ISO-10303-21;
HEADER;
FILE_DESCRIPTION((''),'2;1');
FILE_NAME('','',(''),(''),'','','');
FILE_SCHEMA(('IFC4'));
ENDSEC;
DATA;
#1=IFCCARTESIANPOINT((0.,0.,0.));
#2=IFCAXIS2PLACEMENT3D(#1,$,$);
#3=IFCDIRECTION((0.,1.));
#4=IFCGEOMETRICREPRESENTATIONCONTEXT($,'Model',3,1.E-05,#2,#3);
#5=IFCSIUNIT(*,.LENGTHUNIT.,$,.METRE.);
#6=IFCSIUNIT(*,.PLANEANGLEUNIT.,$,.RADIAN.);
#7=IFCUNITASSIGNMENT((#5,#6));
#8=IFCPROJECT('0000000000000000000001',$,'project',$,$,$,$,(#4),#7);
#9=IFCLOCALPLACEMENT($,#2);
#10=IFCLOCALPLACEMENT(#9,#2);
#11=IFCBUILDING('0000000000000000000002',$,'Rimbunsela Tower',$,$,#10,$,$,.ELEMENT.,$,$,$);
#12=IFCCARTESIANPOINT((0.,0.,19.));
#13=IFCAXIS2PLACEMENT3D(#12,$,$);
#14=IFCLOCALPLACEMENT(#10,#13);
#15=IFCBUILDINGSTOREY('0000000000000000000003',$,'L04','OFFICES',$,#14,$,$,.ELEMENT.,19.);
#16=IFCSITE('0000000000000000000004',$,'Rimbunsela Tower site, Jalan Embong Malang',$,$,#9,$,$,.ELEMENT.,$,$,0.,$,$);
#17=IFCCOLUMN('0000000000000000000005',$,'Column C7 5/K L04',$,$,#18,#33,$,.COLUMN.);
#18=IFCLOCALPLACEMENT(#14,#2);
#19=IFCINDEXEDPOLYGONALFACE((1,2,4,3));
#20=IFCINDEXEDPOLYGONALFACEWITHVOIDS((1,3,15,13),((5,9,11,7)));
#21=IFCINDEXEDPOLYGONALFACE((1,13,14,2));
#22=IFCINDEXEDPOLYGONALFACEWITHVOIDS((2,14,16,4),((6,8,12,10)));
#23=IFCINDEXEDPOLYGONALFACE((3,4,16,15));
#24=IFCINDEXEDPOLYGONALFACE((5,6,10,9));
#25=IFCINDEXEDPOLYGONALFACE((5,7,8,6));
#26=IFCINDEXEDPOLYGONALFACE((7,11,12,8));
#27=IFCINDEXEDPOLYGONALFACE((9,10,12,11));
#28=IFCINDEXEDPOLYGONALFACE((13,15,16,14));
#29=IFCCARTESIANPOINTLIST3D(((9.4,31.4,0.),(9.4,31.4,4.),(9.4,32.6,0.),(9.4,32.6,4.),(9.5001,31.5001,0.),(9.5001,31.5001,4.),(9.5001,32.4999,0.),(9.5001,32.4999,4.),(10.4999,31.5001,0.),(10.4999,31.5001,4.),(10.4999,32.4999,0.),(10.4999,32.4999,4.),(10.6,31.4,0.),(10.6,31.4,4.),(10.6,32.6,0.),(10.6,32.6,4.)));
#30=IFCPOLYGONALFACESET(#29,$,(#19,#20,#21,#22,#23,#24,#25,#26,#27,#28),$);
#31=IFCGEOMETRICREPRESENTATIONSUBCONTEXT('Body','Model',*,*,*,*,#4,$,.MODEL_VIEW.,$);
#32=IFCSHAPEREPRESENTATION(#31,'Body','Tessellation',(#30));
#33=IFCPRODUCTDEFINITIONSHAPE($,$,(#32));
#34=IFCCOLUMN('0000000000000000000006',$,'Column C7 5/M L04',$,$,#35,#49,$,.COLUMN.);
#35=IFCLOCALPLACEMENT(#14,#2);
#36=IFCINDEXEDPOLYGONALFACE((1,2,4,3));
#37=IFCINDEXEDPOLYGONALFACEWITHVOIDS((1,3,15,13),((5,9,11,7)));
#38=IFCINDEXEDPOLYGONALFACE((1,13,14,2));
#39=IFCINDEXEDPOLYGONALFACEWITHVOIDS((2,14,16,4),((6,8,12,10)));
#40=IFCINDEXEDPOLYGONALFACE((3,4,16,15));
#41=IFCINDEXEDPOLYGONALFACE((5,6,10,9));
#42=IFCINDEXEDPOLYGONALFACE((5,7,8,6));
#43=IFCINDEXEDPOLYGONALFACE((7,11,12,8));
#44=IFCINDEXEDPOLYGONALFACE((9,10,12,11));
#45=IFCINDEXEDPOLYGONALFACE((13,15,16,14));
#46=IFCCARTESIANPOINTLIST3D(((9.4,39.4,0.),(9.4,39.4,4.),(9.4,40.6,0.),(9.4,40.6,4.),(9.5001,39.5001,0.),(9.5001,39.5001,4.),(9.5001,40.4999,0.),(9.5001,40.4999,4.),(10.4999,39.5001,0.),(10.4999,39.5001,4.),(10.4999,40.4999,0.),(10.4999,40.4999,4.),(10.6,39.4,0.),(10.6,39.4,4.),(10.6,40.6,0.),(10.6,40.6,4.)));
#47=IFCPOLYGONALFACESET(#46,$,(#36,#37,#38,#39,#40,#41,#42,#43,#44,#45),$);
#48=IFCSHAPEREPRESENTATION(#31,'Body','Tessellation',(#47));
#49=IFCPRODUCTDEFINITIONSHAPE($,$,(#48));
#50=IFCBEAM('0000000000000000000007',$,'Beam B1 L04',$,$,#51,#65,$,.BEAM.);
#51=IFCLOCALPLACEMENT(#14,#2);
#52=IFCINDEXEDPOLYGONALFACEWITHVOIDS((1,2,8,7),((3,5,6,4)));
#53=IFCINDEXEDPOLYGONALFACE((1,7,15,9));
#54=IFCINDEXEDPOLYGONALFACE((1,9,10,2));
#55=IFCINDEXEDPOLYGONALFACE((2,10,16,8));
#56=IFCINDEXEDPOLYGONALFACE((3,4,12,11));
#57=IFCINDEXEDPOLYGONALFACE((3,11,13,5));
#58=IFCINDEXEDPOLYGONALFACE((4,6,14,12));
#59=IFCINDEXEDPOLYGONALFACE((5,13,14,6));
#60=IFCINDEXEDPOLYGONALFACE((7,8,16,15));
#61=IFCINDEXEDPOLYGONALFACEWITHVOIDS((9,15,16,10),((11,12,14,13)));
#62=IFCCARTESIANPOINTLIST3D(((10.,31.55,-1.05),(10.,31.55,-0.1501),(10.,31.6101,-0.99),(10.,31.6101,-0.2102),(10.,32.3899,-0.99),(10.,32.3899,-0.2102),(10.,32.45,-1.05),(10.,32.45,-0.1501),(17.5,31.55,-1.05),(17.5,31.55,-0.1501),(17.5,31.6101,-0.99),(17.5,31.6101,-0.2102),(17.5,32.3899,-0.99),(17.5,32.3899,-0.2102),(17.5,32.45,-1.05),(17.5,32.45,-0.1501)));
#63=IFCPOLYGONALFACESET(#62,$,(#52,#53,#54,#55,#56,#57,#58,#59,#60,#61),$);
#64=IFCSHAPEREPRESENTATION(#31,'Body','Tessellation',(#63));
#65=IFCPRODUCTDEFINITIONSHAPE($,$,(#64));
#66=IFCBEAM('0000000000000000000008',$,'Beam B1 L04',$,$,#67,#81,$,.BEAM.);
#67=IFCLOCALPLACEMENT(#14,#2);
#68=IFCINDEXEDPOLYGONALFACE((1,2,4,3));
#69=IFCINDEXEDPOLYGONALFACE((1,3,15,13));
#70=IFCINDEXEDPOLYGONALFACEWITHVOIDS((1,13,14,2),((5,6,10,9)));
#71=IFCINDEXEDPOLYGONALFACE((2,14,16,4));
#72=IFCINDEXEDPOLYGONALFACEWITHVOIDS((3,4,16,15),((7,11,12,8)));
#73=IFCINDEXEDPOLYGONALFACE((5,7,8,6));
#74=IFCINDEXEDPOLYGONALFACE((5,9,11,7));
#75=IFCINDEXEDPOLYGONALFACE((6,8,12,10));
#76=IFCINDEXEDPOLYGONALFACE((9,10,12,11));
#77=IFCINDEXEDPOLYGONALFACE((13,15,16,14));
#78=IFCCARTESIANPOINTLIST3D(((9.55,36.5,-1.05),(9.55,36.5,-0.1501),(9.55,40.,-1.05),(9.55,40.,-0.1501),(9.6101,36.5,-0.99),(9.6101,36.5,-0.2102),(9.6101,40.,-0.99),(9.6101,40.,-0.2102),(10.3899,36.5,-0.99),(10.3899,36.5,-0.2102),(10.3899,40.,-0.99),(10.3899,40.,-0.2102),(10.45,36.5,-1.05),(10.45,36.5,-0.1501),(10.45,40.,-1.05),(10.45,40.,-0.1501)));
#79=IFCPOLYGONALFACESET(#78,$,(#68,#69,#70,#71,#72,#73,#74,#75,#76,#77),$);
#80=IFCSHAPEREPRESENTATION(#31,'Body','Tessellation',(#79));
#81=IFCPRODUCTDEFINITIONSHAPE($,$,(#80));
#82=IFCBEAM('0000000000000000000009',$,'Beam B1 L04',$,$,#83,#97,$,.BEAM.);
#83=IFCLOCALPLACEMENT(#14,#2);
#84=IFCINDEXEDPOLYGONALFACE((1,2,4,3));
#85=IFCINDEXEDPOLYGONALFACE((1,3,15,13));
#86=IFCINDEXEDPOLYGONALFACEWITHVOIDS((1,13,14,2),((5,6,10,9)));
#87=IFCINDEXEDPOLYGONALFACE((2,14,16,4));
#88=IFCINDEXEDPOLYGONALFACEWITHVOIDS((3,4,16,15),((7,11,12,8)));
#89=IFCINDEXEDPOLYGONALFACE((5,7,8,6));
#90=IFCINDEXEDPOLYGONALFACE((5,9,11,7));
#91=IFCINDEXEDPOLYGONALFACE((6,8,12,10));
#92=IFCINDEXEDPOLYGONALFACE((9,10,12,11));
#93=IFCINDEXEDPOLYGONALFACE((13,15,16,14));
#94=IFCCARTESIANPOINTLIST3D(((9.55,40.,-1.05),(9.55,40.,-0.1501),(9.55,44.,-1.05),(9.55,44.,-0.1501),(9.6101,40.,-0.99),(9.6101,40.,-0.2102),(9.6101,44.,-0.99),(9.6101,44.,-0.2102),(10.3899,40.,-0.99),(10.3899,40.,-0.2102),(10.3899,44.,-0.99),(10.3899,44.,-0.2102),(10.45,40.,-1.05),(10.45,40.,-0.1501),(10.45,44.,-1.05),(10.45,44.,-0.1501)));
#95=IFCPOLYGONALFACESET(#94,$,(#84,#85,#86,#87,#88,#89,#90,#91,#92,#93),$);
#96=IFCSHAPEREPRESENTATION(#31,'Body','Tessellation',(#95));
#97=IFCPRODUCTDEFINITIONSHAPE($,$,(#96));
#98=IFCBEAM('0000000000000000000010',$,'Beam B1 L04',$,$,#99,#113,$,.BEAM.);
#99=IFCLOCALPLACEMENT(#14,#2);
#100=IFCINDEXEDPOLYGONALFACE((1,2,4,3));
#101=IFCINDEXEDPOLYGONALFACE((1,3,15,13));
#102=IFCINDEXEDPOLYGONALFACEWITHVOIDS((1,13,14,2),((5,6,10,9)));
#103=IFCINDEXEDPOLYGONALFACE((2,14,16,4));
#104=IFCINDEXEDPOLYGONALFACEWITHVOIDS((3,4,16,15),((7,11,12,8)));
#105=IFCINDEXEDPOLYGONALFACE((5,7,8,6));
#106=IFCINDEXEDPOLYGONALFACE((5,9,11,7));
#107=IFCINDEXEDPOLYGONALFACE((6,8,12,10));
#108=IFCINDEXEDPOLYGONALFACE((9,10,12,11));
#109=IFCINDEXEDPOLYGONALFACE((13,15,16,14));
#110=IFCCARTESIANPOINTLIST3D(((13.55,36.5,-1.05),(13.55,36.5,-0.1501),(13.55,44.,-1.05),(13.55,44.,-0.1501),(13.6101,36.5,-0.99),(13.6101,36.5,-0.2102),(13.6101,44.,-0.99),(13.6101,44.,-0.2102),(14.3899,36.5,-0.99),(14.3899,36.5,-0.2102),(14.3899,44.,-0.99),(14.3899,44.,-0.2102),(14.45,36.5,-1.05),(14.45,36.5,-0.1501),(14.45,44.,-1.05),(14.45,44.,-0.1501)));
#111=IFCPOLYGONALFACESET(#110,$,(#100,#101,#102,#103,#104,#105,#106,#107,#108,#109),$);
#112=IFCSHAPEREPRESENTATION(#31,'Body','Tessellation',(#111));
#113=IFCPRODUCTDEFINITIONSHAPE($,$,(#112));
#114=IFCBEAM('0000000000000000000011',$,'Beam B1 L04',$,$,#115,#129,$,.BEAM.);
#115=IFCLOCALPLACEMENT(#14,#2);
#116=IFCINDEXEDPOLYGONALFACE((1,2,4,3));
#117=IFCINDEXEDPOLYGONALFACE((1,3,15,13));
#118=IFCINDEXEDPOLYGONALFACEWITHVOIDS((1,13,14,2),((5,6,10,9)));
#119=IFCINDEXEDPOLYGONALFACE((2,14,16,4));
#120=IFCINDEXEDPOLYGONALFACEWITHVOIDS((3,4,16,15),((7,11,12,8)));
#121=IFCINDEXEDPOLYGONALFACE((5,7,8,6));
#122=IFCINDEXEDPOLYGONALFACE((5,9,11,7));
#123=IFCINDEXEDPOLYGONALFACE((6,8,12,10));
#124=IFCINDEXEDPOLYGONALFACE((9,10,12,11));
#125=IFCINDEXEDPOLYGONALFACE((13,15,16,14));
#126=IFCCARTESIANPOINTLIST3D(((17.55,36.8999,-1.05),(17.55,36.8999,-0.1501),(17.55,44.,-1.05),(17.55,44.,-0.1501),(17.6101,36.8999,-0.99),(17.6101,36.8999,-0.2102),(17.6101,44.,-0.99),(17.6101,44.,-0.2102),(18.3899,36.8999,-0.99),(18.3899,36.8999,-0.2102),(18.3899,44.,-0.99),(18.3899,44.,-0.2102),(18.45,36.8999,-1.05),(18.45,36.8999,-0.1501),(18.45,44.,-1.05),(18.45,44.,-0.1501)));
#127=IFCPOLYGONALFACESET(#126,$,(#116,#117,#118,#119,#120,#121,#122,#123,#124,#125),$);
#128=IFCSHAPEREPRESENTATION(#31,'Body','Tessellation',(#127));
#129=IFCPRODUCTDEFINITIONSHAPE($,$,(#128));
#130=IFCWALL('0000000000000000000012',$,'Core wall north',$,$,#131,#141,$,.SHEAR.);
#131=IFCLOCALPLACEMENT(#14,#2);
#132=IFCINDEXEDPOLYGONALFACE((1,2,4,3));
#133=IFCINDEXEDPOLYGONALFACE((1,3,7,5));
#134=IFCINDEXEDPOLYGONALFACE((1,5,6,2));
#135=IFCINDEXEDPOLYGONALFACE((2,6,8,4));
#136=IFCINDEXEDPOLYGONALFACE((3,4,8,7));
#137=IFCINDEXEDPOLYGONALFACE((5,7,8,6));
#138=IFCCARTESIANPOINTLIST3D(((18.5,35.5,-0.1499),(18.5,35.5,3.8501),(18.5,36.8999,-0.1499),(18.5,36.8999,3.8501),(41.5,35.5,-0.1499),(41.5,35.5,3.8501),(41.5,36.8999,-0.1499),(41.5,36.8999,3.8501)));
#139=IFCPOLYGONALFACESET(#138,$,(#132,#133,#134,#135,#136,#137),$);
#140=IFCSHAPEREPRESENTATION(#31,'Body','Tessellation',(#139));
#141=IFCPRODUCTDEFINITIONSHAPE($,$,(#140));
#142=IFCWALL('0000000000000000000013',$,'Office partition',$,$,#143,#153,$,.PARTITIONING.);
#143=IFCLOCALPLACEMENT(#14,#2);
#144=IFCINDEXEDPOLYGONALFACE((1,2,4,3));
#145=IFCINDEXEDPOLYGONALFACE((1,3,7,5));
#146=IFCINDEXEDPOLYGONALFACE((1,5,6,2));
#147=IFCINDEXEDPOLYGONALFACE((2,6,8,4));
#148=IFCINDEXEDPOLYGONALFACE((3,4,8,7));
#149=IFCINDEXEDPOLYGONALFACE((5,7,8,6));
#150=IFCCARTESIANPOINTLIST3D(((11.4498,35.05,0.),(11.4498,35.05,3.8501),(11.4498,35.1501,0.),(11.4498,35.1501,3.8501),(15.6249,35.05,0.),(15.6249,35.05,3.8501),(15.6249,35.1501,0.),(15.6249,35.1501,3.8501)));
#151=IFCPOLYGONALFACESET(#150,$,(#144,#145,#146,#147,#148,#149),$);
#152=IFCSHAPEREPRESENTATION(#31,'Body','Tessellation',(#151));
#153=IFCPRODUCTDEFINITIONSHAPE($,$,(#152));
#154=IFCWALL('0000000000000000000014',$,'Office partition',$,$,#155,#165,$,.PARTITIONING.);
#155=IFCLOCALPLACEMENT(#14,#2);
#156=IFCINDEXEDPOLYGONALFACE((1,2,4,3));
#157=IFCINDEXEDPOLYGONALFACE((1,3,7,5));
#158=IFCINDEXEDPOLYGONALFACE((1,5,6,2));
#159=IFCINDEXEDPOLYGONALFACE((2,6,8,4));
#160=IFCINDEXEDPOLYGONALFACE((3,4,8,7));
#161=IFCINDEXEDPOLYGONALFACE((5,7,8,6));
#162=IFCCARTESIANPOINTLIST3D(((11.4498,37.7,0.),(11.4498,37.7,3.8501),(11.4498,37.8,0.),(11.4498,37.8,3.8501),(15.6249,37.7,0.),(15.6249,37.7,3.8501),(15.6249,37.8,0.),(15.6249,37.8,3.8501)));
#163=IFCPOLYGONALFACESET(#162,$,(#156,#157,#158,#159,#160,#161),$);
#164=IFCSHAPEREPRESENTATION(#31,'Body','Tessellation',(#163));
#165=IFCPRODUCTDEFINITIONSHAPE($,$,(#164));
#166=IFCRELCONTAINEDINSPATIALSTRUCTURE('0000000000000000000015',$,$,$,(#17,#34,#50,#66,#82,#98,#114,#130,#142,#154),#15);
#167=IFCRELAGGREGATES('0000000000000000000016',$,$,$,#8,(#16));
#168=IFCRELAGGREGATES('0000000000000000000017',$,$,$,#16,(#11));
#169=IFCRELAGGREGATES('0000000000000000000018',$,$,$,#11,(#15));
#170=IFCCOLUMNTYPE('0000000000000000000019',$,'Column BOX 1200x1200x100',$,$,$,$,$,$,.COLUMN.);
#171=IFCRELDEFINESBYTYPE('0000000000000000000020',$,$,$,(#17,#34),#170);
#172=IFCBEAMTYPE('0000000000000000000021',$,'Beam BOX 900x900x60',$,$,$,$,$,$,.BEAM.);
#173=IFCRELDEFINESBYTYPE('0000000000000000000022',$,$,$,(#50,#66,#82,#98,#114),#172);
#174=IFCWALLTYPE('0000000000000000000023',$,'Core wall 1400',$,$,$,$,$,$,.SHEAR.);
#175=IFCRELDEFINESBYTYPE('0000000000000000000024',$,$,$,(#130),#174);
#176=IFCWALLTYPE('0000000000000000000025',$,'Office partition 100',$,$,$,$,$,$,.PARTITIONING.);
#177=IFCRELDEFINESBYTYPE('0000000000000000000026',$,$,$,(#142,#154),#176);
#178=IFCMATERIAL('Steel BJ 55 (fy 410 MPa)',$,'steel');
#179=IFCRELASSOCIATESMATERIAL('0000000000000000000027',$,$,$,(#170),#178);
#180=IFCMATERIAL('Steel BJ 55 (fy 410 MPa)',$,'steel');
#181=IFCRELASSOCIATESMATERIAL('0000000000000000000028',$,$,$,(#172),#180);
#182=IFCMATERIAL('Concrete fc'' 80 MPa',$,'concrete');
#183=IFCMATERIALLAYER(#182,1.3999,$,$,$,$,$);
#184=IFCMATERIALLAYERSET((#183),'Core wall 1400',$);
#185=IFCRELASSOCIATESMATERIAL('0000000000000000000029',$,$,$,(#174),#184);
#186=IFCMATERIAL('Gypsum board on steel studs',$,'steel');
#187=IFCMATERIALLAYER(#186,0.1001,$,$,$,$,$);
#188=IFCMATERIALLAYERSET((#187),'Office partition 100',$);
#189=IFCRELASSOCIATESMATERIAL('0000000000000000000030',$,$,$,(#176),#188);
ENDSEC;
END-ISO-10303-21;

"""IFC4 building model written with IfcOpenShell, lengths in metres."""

from ifc_helpers import new_model, si_unit, direction, frame, frame_2d, origin, origin_2d, place, context, subcontext, project, spatial, rectangle, hollow_rectangle, extrude, material, layer, layer_set, material_profile, profile_set, type_object, element, save


model = new_model("IFC4")

# Units and contexts
model_context = context("Model", 3, precision=1e-05, world=origin(), true_north=direction((0.0, 1.0)))
body_context = subcontext(model_context, "Body", "Model", "MODEL_VIEW")
ifc_project = project(units=[si_unit("LENGTHUNIT", "METRE"), si_unit("PLANEANGLEUNIT", "RADIAN")], contexts=[model_context])

# Site, building, storey
site_placement = place(None, origin())
site = spatial("IfcSite", under=ifc_project, at=site_placement, Name="Rimbunsela Tower site, Jalan Embong Malang", CompositionType="ELEMENT", RefElevation=0.0)
building_placement = place(site_placement, origin())
building = spatial("IfcBuilding", under=site, at=building_placement, Name="Rimbunsela Tower", CompositionType="ELEMENT")
storey_placement = place(building_placement, frame((0.0, 0.0, 19.0)))
storey = spatial("IfcBuildingStorey", under=building, at=storey_placement, Name="L04", Description="OFFICES", CompositionType="ELEMENT", Elevation=19.0)

# Columns
ifc_material_1 = material(Name="Steel BJ 55 (fy 410 MPa)", Category="steel")
ifc_material_profile_1 = material_profile(ifc_material_1, hollow_rectangle(XDim=1.2, YDim=1.2, WallThickness=0.1001, at=origin_2d()), Name="BOX 1200x1200x100")
ifc_profile_set_1 = profile_set([ifc_material_profile_1], Name="Steel BJ 55 (fy 410 MPa)")
column_type = type_object("IfcColumnType", Name="Column BOX 1200x1200x100", PredefinedType="COLUMN", material=ifc_profile_set_1)
for number, where, z_axis, x_axis, name in (
    (1, (10.0, 32.0, 0.0), (0.0, 0.0, 1.0), (1.0, 0.0, 0.0), "Column C7 5/K L04"),
    (2, (10.0, 40.0, 0.0), (0.0, 0.0, 1.0), (1.0, 0.0, 0.0), "Column C7 5/M L04"),
):
    element("IfcColumn", number, at=place(storey_placement, frame(where, z_axis=z_axis, x_axis=x_axis)), inside=storey, type_object=column_type, Name=name, PredefinedType="COLUMN", context=body_context, shape_type="SweptSolid", body=[
        extrude(hollow_rectangle(XDim=1.2, YDim=1.2, WallThickness=0.1001, at=origin_2d()), origin(), (0.0, 0.0, 1.0), 4.0),
    ])

# Beams
ifc_material_2 = material(Name="Steel BJ 55 (fy 410 MPa)", Category="steel")
ifc_material_profile_2 = material_profile(ifc_material_2, hollow_rectangle(XDim=0.8999, YDim=0.8999, WallThickness=0.0601, at=origin_2d()), Name="BOX 900x900x60")
ifc_profile_set_2 = profile_set([ifc_material_profile_2], Name="Steel BJ 55 (fy 410 MPa)")
beam_type = type_object("IfcBeamType", Name="Beam BOX 900x900x60", PredefinedType="BEAM", material=ifc_profile_set_2)
beam_1_placement = place(storey_placement, frame((10.0, 32.0, -0.6001), z_axis=(1.0, 0.0, 0.0), x_axis=(0.0, 1.0, 0.0)))
element("IfcBeam", 3, at=beam_1_placement, inside=storey, type_object=beam_type, Name="Beam B1 L04", PredefinedType="BEAM", context=body_context, shape_type="SweptSolid", body=[
    extrude(hollow_rectangle(XDim=0.8999, YDim=0.8999, WallThickness=0.0601, at=origin_2d()), origin(), (0.0, 0.0, 1.0), 7.5),
])
beam_2_placement = place(storey_placement, frame((10.0, 36.5, -0.6001), z_axis=(0.0, 1.0, 0.0), x_axis=(-1.0, 0.0, 0.0)))
element("IfcBeam", 4, at=beam_2_placement, inside=storey, type_object=beam_type, Name="Beam B1 L04", PredefinedType="BEAM", context=body_context, shape_type="SweptSolid", body=[
    extrude(hollow_rectangle(XDim=0.8999, YDim=0.8999, WallThickness=0.0601, at=origin_2d()), origin(), (0.0, 0.0, 1.0), 3.5),
])
beam_3_placement = place(storey_placement, frame((10.0, 40.0, -0.6001), z_axis=(0.0, 1.0, 0.0), x_axis=(-1.0, 0.0, 0.0)))
element("IfcBeam", 5, at=beam_3_placement, inside=storey, type_object=beam_type, Name="Beam B1 L04", PredefinedType="BEAM", context=body_context, shape_type="SweptSolid", body=[
    extrude(hollow_rectangle(XDim=0.8999, YDim=0.8999, WallThickness=0.0601, at=origin_2d()), origin(), (0.0, 0.0, 1.0), 4.0),
])
beam_4_placement = place(storey_placement, frame((14.0, 36.5, -0.6001), z_axis=(0.0, 1.0, 0.0), x_axis=(-1.0, 0.0, 0.0)))
element("IfcBeam", 6, at=beam_4_placement, inside=storey, type_object=beam_type, Name="Beam B1 L04", PredefinedType="BEAM", context=body_context, shape_type="SweptSolid", body=[
    extrude(hollow_rectangle(XDim=0.8999, YDim=0.8999, WallThickness=0.0601, at=origin_2d()), origin(), (0.0, 0.0, 1.0), 7.5),
])
beam_5_placement = place(storey_placement, frame((18.0, 36.8999, -0.6001), z_axis=(0.0, 1.0, 0.0), x_axis=(-1.0, 0.0, 0.0)))
element("IfcBeam", 7, at=beam_5_placement, inside=storey, type_object=beam_type, Name="Beam B1 L04", PredefinedType="BEAM", context=body_context, shape_type="SweptSolid", body=[
    extrude(hollow_rectangle(XDim=0.8999, YDim=0.8999, WallThickness=0.0601, at=origin_2d()), origin(), (0.0, 0.0, 1.0), 7.1001),
])

# Walls
ifc_material_3 = material(Name="Concrete fc' 80 MPa", Category="concrete")
ifc_layer_1 = layer(ifc_material_3, 1.3999)
ifc_layer_set_1 = layer_set([ifc_layer_1], Name="Core wall 1400")
wall_type_1 = type_object("IfcWallType", Name="Core wall 1400", PredefinedType="SHEAR", material=ifc_layer_set_1)
wall_1_placement = place(storey_placement, frame((18.5, 36.2, -0.1499), z_axis=(0.0, 0.0, 1.0), x_axis=(1.0, 0.0, 0.0)))
element("IfcWall", 8, at=wall_1_placement, inside=storey, type_object=wall_type_1, Name="Core wall north", PredefinedType="SHEAR", context=body_context, shape_type="SweptSolid", body=[
    extrude(rectangle(XDim=23.0, YDim=1.3999, at=frame_2d((11.5, 0.0))), origin(), (0.0, 0.0, 1.0), 4.0),
])
ifc_material_4 = material(Name="Gypsum board on steel studs", Category="steel")
ifc_layer_2 = layer(ifc_material_4, 0.1001)
ifc_layer_set_2 = layer_set([ifc_layer_2], Name="Office partition 100")
wall_type_2 = type_object("IfcWallType", Name="Office partition 100", PredefinedType="PARTITIONING", material=ifc_layer_set_2)
for number, where, z_axis, x_axis, name in (
    (9, (11.45, 35.1001, 0.0), (0.0, 0.0, 1.0), (1.0, 0.0, 0.0), "Office partition"),
    (10, (11.45, 37.75, 0.0), (0.0, 0.0, 1.0), (1.0, 0.0, 0.0), "Office partition"),
):
    element("IfcWall", number, at=place(storey_placement, frame(where, z_axis=z_axis, x_axis=x_axis)), inside=storey, type_object=wall_type_2, Name=name, PredefinedType="PARTITIONING", context=body_context, shape_type="SweptSolid", body=[
        extrude(rectangle(XDim=4.175, YDim=0.1001, at=frame_2d((2.0874, 0.0))), origin(), (0.0, 0.0, 1.0), 3.8501),
    ])

save(model, "model.ifc")
